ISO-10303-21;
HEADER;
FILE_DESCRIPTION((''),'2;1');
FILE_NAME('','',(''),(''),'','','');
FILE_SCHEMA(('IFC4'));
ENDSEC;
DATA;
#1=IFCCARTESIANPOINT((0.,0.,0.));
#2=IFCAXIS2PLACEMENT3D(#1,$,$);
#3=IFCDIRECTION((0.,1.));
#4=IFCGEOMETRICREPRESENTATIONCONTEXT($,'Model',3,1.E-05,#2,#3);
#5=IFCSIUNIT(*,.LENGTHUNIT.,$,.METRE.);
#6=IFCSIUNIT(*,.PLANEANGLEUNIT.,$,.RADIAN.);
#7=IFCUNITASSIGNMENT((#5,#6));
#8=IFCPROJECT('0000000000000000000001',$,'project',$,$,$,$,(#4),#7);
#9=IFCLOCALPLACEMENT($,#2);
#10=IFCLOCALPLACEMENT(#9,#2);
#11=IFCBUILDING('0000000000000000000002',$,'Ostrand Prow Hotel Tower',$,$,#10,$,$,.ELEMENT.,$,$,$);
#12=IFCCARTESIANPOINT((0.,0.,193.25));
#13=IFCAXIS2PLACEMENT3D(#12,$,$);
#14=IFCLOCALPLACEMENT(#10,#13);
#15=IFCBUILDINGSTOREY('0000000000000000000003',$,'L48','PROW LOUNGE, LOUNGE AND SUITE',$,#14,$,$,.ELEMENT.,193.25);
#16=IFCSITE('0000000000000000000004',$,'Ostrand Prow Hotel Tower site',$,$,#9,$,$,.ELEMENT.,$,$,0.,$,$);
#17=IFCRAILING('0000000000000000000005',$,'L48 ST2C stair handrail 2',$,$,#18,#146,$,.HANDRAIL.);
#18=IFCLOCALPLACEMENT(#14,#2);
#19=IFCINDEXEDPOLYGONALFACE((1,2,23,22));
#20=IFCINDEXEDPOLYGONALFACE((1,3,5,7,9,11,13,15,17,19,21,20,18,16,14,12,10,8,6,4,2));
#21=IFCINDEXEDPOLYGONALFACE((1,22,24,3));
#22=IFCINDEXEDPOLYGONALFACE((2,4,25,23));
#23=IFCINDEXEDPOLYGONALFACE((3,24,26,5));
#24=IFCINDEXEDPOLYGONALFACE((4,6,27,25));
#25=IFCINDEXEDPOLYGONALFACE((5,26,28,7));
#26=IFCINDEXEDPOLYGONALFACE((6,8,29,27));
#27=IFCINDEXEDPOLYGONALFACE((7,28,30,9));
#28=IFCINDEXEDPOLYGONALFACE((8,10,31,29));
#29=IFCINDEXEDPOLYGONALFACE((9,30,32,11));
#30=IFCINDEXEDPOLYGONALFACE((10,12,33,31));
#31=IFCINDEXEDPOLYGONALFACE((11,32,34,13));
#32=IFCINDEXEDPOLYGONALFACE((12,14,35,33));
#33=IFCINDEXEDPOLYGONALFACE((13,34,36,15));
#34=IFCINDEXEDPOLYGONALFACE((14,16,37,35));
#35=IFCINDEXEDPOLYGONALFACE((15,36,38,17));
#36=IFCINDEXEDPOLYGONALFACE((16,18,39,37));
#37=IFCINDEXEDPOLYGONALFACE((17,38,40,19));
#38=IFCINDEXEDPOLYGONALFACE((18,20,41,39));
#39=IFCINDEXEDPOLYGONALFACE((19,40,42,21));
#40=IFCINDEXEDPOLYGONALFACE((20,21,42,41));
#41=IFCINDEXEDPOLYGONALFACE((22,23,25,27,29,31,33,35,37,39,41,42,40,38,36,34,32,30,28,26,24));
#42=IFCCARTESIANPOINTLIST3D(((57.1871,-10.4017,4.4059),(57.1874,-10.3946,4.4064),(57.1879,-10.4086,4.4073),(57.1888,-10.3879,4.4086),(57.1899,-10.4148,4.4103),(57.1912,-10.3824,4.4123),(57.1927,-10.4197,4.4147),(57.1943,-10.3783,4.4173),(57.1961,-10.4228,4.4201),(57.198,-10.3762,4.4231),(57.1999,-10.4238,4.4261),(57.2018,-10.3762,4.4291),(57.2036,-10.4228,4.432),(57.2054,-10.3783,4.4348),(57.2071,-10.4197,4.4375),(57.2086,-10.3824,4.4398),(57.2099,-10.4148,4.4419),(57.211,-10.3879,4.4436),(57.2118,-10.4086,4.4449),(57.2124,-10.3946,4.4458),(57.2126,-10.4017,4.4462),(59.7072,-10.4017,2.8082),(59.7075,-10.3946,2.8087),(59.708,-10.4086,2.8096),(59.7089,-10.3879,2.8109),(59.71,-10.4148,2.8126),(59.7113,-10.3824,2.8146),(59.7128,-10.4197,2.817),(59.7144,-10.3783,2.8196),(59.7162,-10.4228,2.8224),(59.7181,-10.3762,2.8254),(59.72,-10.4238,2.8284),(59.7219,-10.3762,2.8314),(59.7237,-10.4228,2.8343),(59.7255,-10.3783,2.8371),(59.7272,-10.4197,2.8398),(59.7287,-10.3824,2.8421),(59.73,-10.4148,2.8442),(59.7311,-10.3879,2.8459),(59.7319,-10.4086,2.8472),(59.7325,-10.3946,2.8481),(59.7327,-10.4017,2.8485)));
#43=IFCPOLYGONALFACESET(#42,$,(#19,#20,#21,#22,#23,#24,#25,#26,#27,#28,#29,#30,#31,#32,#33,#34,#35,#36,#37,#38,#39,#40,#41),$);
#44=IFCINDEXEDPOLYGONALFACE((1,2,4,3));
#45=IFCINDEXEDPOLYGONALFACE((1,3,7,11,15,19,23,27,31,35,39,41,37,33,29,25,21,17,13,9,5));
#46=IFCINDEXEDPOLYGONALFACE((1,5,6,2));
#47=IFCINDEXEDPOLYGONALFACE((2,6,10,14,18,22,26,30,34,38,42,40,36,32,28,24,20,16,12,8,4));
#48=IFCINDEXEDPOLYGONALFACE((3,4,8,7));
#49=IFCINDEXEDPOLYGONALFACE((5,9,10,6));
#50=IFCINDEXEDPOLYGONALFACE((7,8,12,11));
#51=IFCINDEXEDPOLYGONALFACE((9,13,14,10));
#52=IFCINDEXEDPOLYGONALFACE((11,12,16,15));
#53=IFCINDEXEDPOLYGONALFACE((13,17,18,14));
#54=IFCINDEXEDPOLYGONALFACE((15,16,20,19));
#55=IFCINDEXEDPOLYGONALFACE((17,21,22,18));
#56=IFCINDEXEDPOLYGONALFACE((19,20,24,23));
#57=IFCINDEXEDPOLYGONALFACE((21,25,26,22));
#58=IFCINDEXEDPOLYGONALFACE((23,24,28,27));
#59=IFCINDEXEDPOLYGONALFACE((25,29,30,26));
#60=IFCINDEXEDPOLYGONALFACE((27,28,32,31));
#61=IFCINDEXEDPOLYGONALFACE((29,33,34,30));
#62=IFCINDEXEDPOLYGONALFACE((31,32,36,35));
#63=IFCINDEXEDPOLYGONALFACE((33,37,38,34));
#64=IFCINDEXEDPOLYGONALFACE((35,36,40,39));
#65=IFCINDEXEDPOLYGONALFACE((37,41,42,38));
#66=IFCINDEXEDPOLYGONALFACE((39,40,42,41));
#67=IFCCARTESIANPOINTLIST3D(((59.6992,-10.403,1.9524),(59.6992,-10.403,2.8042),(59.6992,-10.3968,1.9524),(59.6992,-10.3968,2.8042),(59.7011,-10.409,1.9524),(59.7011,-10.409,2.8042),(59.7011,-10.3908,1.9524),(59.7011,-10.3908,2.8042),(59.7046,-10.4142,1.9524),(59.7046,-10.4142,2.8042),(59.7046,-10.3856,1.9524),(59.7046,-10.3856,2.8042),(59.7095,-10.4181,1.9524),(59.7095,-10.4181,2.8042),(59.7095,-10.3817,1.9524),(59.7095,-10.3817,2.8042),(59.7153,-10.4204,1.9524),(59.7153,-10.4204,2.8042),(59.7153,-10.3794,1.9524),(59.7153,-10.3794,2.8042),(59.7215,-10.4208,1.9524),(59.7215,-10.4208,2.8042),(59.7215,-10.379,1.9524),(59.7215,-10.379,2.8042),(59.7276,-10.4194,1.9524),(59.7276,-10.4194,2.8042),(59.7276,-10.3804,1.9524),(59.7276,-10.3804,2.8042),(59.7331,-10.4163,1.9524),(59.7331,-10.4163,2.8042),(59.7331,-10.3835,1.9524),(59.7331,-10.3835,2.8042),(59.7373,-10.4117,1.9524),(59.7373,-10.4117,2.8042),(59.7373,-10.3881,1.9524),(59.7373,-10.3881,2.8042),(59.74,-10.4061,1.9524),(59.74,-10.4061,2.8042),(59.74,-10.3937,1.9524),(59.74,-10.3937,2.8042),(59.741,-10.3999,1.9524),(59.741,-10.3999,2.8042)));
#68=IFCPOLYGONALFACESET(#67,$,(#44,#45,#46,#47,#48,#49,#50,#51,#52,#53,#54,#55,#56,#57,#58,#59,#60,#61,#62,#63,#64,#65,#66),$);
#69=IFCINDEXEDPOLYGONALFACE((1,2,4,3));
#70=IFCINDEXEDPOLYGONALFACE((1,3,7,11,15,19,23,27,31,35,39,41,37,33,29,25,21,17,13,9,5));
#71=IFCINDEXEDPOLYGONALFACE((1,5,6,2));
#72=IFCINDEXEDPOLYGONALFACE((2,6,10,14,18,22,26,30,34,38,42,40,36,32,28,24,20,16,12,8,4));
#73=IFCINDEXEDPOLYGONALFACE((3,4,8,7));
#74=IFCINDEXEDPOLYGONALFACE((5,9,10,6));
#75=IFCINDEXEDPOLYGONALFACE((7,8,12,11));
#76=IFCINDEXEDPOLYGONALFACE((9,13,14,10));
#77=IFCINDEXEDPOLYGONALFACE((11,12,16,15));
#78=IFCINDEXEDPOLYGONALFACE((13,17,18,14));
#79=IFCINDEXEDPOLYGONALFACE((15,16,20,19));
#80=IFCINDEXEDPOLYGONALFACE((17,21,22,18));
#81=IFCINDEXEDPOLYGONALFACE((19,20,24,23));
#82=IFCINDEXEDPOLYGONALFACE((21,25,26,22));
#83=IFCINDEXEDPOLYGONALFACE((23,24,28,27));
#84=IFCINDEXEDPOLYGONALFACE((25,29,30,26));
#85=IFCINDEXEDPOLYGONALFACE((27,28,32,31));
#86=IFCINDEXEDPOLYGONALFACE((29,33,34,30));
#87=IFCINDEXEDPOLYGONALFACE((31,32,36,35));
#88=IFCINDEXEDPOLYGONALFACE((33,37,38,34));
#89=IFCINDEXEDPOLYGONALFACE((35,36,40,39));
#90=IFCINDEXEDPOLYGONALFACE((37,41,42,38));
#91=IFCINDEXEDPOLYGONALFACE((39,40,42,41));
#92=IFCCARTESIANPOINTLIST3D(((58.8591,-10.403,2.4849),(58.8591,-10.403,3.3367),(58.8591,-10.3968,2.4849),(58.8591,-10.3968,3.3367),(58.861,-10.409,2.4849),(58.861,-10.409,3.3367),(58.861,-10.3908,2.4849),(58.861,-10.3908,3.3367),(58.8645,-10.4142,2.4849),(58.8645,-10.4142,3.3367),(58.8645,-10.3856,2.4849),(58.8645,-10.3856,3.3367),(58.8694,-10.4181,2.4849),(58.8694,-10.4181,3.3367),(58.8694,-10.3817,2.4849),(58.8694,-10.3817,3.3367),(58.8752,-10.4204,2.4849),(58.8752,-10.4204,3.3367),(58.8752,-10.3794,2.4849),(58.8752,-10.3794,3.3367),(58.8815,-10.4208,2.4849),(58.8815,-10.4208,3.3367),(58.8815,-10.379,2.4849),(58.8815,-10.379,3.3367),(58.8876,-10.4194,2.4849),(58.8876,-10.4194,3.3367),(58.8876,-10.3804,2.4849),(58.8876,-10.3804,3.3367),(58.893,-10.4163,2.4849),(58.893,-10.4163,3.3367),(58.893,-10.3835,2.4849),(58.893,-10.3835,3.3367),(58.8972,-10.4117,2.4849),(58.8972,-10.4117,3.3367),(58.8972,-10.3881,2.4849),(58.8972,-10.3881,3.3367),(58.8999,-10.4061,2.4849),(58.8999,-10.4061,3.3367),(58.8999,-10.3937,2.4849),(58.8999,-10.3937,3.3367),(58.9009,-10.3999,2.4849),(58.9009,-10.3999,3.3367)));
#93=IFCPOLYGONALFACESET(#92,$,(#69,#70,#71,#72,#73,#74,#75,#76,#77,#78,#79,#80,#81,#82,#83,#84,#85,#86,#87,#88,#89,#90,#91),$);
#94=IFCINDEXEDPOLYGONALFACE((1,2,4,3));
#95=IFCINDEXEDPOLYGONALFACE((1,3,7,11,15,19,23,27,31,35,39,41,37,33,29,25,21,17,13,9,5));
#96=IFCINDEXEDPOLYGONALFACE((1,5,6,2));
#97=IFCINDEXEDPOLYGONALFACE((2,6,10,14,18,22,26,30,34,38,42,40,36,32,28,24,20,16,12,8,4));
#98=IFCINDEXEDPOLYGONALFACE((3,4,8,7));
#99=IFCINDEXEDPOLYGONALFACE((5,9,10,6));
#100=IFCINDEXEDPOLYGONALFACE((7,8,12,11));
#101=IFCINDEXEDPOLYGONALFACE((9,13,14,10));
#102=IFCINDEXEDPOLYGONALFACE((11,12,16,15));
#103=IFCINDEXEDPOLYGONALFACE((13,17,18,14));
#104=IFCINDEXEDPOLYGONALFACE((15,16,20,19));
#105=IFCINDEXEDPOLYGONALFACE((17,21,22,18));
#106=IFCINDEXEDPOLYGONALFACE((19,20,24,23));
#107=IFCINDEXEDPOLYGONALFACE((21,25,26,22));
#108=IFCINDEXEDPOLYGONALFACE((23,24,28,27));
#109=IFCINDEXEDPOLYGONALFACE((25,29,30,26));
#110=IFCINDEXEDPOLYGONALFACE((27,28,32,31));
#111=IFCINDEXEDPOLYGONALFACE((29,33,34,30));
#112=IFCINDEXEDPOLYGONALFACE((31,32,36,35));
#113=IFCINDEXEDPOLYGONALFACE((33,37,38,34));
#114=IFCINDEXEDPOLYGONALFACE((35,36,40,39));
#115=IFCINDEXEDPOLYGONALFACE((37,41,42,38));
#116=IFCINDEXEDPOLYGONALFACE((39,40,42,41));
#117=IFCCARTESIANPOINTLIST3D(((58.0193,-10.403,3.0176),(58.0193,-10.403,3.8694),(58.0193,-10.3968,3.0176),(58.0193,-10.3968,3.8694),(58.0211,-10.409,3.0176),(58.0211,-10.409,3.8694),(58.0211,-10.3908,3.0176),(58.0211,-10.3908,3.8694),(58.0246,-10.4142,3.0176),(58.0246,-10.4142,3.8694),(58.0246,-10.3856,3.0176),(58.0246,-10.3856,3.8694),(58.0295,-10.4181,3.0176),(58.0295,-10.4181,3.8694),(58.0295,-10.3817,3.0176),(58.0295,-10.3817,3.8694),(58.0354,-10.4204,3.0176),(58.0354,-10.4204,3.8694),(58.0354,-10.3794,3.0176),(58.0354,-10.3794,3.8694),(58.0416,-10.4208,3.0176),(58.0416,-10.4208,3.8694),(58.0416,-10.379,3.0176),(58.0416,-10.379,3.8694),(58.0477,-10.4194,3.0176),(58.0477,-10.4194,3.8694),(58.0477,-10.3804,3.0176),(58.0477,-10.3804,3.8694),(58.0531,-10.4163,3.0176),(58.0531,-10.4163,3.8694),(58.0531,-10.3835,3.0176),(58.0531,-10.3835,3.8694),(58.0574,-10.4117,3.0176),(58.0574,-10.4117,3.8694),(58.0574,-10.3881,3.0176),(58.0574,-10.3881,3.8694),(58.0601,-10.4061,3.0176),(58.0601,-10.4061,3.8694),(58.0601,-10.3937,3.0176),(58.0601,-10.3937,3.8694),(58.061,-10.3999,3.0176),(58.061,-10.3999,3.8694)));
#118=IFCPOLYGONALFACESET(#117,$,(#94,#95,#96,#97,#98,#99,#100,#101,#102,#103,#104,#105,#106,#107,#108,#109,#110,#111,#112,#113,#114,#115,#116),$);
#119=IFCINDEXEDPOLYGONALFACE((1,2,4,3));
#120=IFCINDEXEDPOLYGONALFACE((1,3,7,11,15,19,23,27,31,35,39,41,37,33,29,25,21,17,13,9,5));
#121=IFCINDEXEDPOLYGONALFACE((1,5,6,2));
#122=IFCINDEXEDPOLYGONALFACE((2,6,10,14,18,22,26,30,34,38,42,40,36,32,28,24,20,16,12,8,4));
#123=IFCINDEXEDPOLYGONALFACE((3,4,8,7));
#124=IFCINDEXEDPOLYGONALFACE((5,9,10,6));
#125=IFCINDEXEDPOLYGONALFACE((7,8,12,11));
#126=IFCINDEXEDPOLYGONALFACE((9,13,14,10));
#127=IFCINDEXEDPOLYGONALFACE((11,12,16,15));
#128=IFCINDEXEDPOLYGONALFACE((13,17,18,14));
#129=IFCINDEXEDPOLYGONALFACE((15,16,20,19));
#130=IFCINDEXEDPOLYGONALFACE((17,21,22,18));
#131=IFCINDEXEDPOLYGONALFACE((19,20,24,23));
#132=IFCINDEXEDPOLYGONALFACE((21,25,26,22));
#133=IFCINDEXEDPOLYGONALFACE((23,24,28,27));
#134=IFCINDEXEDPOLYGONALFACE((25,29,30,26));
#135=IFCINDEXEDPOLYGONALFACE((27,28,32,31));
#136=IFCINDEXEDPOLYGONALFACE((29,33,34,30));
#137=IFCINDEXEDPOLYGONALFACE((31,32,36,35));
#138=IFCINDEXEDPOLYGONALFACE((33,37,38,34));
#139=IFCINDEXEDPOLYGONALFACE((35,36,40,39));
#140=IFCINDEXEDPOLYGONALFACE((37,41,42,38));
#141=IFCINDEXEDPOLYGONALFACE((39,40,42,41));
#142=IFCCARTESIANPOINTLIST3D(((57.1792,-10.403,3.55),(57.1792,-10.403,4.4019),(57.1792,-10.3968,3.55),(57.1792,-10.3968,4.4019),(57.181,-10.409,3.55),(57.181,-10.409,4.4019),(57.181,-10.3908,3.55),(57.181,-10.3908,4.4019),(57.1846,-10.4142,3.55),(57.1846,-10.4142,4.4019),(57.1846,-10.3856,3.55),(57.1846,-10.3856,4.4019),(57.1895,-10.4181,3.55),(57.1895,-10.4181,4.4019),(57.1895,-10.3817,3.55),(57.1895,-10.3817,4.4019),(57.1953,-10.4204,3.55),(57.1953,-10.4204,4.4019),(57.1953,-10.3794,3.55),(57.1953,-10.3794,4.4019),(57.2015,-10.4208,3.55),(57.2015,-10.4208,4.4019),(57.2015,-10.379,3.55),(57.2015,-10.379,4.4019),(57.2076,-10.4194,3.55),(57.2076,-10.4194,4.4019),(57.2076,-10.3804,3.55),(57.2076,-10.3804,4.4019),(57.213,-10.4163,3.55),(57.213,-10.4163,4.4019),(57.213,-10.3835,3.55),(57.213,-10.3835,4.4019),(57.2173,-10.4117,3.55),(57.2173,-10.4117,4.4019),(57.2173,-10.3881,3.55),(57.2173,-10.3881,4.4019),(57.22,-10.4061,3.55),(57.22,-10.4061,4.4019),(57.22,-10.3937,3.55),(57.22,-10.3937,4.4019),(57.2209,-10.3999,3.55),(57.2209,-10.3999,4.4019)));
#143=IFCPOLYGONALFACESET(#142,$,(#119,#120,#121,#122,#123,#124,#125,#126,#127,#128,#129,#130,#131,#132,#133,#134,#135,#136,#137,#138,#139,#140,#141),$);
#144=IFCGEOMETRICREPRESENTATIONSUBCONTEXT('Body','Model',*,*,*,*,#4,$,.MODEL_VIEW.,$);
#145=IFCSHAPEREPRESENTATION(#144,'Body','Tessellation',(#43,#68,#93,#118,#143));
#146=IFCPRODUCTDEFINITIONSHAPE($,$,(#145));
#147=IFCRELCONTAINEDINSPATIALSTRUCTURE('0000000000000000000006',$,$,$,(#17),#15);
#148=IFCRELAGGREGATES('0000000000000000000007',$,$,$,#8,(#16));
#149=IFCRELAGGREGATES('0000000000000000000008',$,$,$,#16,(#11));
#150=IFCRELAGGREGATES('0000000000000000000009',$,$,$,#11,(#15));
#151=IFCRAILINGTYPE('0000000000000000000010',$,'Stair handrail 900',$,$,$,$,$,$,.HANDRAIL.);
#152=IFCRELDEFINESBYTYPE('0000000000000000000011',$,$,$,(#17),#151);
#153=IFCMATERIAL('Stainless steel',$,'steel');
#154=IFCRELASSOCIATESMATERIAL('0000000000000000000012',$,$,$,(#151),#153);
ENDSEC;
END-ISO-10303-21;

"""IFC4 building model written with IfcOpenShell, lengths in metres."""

from ifc_helpers import new_model, si_unit, direction, frame, origin, origin_2d, place, context, subcontext, project, spatial, circle, extrude, material, type_object, element, save


model = new_model("IFC4")

# Units and contexts
model_context = context("Model", 3, precision=1e-05, world=origin(), true_north=direction((0.0, 1.0)))
body_context = subcontext(model_context, "Body", "Model", "MODEL_VIEW")
ifc_project = project(units=[si_unit("LENGTHUNIT", "METRE"), si_unit("PLANEANGLEUNIT", "RADIAN")], contexts=[model_context])

# Site, building, storey
site_placement = place(None, origin())
site = spatial("IfcSite", under=ifc_project, at=site_placement, Name="Ostrand Prow Hotel Tower site", CompositionType="ELEMENT", RefElevation=0.0)
building_placement = place(site_placement, origin())
building = spatial("IfcBuilding", under=site, at=building_placement, Name="Ostrand Prow Hotel Tower", CompositionType="ELEMENT")
storey_placement = place(building_placement, frame((0.0, 0.0, 193.25)))
storey = spatial("IfcBuildingStorey", under=building, at=storey_placement, Name="L48", Description="PROW LOUNGE, LOUNGE AND SUITE", CompositionType="ELEMENT", Elevation=193.25)

# Railing
ifc_material_1 = material(Name="Stainless steel", Category="steel")
railing_type_1 = type_object("IfcRailingType", Name="Stair handrail 900", PredefinedType="HANDRAIL", material=ifc_material_1)
railing_1_placement = place(storey_placement, frame((59.72, -10.3999, 1.9524)))
element("IfcRailing", 1, at=railing_1_placement, inside=storey, type_object=railing_type_1, Name="L48 ST2C stair handrail 2", PredefinedType="HANDRAIL", context=body_context, shape_type="SweptSolid", body=[
    extrude(circle(Radius=0.0239, at=origin_2d()), frame((0.0, 0.0, 0.876), z_axis=(-0.84457, 0.0, 0.535445), x_axis=(0.0, -1.0, 0.0)), (0.0, 0.0, 1.0), 2.9839),
    extrude(circle(Radius=0.021, at=origin_2d()), origin(), (0.0, 0.0, 1.0), 0.8518),
    extrude(circle(Radius=0.021, at=origin_2d()), frame((-0.8401, 0.0, 0.5325)), (0.0, 0.0, 1.0), 0.8518),
    extrude(circle(Radius=0.021, at=origin_2d()), frame((-1.6799, 0.0, 1.0652)), (0.0, 0.0, 1.0), 0.8518),
    extrude(circle(Radius=0.021, at=origin_2d()), frame((-2.52, 0.0, 1.5977)), (0.0, 0.0, 1.0), 0.8518),
])

save(model, "model.ifc")
